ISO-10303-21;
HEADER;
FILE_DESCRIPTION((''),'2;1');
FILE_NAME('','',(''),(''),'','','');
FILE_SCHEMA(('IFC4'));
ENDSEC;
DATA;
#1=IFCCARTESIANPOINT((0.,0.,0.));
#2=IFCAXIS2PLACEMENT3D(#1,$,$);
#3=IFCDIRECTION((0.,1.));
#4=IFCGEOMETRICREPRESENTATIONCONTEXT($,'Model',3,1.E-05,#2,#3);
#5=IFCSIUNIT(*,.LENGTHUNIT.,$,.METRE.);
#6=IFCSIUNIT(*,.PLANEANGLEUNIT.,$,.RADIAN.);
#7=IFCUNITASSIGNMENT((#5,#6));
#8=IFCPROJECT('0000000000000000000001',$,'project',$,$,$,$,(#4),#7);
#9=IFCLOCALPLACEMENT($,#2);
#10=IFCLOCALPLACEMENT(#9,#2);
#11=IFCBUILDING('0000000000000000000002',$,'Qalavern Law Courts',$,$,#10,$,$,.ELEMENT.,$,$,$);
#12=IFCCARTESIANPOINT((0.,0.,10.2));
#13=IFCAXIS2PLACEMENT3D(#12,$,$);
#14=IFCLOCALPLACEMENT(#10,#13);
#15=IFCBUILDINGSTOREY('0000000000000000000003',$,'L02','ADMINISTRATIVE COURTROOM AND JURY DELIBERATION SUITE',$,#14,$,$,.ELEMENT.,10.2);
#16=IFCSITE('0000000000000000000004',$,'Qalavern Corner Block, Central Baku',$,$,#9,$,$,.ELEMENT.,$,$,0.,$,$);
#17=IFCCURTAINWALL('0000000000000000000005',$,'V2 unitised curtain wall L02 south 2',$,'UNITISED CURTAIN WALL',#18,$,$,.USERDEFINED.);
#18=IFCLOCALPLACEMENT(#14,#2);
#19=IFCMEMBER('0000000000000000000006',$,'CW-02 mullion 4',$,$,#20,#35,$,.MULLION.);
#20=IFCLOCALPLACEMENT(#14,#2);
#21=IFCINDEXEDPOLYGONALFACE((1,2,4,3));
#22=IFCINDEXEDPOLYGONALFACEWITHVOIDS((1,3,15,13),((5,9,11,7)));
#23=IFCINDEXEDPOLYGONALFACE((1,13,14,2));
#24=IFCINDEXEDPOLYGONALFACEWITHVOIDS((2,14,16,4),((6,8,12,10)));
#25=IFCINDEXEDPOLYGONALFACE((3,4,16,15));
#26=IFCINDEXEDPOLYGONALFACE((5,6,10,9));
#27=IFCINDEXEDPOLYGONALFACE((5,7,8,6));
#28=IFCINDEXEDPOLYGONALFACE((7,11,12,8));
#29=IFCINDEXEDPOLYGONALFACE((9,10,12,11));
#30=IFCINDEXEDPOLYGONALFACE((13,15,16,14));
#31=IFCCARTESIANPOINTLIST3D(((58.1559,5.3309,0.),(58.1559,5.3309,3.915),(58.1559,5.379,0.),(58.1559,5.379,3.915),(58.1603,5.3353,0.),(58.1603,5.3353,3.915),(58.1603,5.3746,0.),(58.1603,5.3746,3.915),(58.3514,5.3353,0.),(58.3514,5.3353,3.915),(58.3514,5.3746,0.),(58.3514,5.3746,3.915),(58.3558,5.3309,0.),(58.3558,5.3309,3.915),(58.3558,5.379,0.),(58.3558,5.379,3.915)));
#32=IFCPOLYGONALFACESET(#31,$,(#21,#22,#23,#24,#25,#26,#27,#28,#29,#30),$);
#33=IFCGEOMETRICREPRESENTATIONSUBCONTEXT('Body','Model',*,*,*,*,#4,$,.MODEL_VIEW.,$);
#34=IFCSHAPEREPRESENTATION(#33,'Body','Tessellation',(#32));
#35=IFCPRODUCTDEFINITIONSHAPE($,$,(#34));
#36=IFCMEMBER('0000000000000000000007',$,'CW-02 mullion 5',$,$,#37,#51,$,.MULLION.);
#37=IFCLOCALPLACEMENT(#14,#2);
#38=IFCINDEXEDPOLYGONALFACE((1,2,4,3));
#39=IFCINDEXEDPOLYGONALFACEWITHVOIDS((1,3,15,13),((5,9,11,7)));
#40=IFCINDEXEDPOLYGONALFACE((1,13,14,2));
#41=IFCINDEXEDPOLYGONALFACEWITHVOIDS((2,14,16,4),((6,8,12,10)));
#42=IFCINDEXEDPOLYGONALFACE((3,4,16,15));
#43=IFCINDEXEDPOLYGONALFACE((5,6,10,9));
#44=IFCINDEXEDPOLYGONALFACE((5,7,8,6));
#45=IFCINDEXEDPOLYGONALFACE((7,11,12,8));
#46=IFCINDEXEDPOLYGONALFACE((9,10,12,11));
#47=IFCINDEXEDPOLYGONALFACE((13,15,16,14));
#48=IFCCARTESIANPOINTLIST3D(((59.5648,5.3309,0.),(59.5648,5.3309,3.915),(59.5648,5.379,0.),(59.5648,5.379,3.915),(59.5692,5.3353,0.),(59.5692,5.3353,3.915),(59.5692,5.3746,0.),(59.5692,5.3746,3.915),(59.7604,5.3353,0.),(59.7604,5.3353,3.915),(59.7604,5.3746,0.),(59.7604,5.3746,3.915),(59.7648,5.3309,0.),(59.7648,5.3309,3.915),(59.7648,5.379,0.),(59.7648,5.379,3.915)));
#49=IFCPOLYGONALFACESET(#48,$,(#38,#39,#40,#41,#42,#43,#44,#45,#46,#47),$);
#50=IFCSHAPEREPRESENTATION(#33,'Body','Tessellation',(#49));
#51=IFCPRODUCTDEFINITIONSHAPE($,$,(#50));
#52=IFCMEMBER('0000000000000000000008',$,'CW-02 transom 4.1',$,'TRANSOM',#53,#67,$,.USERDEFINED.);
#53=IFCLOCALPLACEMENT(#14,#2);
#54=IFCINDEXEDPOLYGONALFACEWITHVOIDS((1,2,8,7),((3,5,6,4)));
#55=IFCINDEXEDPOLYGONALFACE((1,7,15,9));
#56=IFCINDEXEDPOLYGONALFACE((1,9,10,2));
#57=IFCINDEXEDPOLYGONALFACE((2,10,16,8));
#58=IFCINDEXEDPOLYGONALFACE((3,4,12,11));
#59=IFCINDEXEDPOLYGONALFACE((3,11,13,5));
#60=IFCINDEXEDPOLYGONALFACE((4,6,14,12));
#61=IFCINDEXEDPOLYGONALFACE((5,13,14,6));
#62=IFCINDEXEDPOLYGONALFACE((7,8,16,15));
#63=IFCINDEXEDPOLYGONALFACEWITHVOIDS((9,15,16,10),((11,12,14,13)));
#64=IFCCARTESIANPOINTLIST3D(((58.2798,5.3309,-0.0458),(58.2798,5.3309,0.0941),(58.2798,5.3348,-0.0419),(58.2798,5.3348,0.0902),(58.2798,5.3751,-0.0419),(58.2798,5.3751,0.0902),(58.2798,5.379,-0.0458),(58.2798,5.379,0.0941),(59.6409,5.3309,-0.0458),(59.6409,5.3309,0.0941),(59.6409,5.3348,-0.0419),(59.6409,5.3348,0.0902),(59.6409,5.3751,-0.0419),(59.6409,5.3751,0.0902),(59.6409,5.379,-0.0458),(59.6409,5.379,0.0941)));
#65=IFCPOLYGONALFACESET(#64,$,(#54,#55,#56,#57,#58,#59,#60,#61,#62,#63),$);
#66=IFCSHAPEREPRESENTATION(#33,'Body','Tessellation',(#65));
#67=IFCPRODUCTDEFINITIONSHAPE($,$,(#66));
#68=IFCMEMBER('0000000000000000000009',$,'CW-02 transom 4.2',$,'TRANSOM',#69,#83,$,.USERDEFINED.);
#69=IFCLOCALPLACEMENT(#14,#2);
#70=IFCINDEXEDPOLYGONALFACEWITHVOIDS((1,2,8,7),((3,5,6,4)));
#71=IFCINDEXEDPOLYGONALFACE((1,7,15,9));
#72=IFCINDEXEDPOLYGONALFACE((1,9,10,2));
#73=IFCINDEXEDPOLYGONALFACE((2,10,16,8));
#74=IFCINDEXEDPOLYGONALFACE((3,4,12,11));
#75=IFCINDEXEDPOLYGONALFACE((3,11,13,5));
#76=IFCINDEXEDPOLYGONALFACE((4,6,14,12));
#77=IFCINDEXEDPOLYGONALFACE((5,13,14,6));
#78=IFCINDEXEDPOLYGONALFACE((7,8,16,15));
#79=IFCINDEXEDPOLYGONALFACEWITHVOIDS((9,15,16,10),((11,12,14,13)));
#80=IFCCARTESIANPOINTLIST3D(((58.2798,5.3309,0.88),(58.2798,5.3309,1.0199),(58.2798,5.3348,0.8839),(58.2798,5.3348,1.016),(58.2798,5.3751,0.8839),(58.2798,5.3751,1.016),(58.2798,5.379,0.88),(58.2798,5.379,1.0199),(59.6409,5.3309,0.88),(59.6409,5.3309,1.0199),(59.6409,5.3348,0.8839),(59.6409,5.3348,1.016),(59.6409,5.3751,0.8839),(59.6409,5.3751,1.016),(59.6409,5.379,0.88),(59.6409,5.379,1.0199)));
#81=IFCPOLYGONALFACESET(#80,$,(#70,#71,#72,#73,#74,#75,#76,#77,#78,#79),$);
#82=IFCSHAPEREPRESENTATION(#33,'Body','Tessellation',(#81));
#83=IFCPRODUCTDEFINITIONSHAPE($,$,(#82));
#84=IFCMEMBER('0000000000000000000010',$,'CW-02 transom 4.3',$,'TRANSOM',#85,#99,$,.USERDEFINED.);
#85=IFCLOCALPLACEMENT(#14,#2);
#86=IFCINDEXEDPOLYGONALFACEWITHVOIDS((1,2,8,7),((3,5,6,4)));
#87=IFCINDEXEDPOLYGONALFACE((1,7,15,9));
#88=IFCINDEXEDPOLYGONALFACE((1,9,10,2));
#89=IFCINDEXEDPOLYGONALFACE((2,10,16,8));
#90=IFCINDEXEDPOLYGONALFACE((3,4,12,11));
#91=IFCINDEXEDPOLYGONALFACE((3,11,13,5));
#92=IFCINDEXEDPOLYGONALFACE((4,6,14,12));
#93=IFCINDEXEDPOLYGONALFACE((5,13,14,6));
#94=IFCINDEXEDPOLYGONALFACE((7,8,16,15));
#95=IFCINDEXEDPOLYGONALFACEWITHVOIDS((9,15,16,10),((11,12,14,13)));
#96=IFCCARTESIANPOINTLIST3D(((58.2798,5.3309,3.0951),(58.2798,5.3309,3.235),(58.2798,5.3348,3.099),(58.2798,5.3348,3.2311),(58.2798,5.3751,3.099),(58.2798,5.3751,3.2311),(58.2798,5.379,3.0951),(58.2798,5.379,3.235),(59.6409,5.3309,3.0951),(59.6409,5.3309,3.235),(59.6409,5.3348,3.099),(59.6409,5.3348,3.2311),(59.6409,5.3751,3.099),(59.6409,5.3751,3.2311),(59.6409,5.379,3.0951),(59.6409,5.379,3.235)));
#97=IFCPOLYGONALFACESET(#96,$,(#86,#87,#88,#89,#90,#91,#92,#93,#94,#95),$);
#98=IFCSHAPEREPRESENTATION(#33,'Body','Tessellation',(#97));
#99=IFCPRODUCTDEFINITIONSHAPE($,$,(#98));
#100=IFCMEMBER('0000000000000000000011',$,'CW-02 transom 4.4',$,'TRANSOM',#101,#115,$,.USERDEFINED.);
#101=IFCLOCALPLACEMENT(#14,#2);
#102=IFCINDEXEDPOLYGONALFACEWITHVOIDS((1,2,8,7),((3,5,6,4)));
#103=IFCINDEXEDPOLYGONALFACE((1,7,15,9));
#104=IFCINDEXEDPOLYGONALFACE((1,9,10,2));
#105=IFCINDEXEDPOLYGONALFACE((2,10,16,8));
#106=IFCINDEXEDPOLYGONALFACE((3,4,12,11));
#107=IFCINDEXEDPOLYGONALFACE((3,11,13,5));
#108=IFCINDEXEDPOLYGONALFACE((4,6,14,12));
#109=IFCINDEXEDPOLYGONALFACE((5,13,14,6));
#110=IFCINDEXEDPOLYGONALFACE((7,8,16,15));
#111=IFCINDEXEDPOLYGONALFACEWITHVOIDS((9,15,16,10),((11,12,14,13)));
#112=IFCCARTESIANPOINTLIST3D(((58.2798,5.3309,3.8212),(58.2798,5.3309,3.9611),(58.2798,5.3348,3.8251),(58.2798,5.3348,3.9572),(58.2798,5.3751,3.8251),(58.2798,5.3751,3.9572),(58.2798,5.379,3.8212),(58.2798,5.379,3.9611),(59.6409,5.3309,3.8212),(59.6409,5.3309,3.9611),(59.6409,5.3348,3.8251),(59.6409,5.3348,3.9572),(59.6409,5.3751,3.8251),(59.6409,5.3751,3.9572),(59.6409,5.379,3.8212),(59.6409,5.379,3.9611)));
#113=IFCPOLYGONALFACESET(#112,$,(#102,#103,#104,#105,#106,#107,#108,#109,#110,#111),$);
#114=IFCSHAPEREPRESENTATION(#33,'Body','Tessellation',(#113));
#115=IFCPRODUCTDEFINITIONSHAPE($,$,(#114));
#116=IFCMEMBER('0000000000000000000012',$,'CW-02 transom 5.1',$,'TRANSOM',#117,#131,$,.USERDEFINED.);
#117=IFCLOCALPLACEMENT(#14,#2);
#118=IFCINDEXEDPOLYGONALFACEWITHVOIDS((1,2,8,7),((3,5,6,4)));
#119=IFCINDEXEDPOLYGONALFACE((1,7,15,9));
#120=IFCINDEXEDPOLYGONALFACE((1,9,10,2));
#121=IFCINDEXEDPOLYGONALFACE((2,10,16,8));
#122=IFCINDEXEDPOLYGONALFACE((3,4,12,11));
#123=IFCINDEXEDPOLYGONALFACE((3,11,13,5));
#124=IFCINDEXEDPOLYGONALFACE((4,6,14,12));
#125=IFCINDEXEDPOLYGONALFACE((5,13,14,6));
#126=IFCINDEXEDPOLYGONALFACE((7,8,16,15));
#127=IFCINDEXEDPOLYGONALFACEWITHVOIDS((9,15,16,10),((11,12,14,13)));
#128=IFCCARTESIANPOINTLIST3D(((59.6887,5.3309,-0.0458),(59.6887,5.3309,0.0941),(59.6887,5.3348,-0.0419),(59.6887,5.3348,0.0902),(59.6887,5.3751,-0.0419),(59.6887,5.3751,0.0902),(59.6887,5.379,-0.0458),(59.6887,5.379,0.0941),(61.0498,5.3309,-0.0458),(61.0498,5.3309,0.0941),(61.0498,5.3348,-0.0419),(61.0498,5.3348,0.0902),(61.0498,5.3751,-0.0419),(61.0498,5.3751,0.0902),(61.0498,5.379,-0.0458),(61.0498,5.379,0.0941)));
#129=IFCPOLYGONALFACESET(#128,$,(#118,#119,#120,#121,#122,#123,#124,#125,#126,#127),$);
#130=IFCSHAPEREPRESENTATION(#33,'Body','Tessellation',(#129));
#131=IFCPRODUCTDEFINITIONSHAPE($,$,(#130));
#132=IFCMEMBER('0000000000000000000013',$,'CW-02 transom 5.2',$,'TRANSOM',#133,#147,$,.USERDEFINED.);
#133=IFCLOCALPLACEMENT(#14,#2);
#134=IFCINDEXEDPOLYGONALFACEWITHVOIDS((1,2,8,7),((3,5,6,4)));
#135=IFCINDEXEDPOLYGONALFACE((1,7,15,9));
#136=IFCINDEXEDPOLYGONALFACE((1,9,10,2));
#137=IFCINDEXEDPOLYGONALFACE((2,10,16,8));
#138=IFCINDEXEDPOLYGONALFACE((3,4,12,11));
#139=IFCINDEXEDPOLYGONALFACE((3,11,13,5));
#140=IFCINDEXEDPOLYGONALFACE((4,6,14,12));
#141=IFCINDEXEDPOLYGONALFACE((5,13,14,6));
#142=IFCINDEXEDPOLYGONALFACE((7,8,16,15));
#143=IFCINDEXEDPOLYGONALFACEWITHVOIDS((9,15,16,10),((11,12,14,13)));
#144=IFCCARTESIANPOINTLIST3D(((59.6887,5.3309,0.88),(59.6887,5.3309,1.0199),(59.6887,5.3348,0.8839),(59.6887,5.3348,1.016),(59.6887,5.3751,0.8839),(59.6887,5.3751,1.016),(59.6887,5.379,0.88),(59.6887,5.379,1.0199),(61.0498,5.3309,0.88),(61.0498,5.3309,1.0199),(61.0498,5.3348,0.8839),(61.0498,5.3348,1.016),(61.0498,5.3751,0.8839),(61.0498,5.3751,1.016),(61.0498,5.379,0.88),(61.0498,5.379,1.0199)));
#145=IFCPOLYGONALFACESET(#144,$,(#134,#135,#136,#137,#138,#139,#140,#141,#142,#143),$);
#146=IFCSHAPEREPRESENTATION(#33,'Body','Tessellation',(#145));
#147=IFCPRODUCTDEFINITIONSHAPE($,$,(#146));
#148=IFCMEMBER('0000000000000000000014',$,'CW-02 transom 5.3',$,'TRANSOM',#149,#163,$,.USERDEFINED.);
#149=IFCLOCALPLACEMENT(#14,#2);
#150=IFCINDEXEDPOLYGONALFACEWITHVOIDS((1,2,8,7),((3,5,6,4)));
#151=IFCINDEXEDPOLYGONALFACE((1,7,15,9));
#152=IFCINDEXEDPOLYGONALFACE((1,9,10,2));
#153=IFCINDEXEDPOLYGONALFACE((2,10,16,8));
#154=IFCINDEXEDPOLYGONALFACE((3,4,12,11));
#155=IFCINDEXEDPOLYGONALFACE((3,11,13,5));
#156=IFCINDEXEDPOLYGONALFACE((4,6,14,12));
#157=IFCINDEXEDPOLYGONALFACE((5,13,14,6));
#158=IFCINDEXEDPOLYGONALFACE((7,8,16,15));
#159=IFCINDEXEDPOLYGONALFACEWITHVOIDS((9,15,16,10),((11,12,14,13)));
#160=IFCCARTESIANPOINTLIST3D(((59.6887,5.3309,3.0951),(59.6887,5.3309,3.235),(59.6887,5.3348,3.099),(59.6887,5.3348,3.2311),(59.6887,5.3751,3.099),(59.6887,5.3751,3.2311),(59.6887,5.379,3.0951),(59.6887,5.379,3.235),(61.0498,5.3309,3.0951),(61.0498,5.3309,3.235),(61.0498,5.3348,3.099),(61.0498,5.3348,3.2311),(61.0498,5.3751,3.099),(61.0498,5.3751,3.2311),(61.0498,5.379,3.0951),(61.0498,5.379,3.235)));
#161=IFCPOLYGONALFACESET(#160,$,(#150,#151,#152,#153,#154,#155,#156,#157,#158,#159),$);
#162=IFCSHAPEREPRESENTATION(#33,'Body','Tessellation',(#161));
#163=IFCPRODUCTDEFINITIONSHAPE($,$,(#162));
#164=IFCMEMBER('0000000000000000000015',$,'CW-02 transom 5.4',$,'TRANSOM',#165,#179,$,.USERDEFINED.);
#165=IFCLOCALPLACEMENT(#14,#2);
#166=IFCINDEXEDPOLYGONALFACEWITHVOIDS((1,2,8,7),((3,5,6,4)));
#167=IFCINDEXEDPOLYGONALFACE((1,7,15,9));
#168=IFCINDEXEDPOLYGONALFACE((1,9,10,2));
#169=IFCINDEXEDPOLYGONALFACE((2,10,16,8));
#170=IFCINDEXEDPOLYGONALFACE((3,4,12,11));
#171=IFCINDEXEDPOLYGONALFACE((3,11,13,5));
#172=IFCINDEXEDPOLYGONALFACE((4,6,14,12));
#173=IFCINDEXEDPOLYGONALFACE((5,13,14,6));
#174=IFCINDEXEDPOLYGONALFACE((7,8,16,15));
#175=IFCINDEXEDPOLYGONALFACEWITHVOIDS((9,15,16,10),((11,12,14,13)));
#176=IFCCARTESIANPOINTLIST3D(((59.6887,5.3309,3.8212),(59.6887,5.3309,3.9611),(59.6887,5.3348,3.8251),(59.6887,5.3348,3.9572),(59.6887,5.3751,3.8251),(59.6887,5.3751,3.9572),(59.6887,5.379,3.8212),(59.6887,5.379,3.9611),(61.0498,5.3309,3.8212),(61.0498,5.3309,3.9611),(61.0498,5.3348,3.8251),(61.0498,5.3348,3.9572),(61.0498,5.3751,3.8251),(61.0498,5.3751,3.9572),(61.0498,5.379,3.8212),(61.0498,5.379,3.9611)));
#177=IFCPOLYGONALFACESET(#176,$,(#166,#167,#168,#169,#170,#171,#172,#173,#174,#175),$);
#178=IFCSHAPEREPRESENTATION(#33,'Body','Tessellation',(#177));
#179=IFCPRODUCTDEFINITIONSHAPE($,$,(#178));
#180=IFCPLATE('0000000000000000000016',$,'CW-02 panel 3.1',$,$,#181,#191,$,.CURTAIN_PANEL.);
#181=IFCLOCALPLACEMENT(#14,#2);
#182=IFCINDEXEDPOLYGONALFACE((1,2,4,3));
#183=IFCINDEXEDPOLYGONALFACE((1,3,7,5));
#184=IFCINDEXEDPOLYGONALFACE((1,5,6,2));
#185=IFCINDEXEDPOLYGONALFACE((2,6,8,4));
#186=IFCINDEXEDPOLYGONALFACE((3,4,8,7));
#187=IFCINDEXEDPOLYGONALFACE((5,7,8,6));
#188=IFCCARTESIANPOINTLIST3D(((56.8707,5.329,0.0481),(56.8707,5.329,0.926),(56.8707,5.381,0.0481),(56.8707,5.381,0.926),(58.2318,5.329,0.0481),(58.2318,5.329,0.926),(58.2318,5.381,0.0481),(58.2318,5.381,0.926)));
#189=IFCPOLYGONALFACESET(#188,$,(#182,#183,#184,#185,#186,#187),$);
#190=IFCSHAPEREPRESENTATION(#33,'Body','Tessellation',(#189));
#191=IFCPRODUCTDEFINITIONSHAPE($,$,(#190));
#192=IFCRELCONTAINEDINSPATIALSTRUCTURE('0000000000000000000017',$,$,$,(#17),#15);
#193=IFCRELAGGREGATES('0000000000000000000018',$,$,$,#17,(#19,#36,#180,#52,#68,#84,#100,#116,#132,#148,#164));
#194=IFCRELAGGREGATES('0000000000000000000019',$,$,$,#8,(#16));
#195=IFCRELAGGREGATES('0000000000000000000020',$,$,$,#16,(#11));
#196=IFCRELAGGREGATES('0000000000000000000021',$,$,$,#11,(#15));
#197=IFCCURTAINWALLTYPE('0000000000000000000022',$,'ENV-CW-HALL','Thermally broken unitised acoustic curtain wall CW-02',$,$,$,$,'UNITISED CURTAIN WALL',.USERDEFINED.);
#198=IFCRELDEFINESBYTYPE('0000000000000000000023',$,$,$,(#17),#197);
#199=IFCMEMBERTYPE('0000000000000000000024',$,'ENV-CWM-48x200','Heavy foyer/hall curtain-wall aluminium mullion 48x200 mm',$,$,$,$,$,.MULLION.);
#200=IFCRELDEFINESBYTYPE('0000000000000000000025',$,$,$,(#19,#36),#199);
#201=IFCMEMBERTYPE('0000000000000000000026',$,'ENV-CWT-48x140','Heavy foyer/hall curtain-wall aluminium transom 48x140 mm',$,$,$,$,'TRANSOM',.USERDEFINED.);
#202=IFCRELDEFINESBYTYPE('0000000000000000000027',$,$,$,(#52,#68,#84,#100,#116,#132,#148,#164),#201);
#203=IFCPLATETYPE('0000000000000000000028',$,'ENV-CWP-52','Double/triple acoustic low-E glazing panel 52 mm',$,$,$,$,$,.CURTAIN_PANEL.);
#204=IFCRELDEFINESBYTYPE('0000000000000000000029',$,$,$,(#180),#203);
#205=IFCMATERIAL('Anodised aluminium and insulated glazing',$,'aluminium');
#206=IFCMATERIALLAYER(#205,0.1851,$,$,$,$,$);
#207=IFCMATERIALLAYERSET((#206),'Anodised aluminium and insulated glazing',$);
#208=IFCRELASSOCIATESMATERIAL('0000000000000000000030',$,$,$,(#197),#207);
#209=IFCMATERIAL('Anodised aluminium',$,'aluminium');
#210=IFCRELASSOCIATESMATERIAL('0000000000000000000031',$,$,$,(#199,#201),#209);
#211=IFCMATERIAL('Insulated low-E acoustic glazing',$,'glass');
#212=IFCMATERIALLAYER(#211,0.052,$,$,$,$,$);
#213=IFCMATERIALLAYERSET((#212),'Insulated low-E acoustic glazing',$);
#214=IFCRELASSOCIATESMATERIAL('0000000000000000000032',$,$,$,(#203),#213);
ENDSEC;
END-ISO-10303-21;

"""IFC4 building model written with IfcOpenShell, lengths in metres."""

from ifc_helpers import new_model, si_unit, direction, frame, origin, origin_2d, place, context, subcontext, project, spatial, rectangle, hollow_rectangle, extrude, material, layer, layer_set, material_profile, profile_set, type_object, element, aggregate, save


model = new_model("IFC4")

# Units and contexts
model_context = context("Model", 3, precision=1e-05, world=origin(), true_north=direction((0.0, 1.0)))
body_context = subcontext(model_context, "Body", "Model", "MODEL_VIEW")
ifc_project = project(units=[si_unit("LENGTHUNIT", "METRE"), si_unit("PLANEANGLEUNIT", "RADIAN")], contexts=[model_context])

# Site, building, storey
site_placement = place(None, origin())
site = spatial("IfcSite", under=ifc_project, at=site_placement, Name="Qalavern Corner Block, Central Baku", CompositionType="ELEMENT", RefElevation=0.0)
building_placement = place(site_placement, origin())
building = spatial("IfcBuilding", under=site, at=building_placement, Name="Qalavern Law Courts", CompositionType="ELEMENT")
storey_placement = place(building_placement, frame((0.0, 0.0, 10.2)))
storey = spatial("IfcBuildingStorey", under=building, at=storey_placement, Name="L02", Description="ADMINISTRATIVE COURTROOM AND JURY DELIBERATION SUITE", CompositionType="ELEMENT", Elevation=10.2)

# Curtain wall, members, plate
ifc_material_1 = material(Name="Anodised aluminium and insulated glazing", Category="aluminium")
ifc_layer_1 = layer(ifc_material_1, 0.1851)
ifc_layer_set_1 = layer_set([ifc_layer_1], Name="Anodised aluminium and insulated glazing")
curtain_wall_type = type_object("IfcCurtainWallType", Name="ENV-CW-HALL", Description="Thermally broken unitised acoustic curtain wall CW-02", ElementType="UNITISED CURTAIN WALL", PredefinedType="USERDEFINED", material=ifc_layer_set_1)
curtain_wall_placement = place(storey_placement, origin())
curtain_wall = element("IfcCurtainWall", 1, at=curtain_wall_placement, inside=storey, type_object=curtain_wall_type, Name="V2 unitised curtain wall L02 south 2", ObjectType="UNITISED CURTAIN WALL", PredefinedType="USERDEFINED")
ifc_material_2 = material(Name="Anodised aluminium", Category="aluminium")
ifc_material_profile_1 = material_profile(ifc_material_2, hollow_rectangle(XDim=0.0481, YDim=0.2, WallThickness=0.0044, at=origin_2d()), Name="ALU MULLION 48x200")
ifc_profile_set_1 = profile_set([ifc_material_profile_1], Name="Anodised aluminium")
member_type_1 = type_object("IfcMemberType", Name="ENV-CWM-48x200", Description="Heavy foyer/hall curtain-wall aluminium mullion 48x200 mm", PredefinedType="MULLION", material=ifc_profile_set_1)
member_1_placement = place(storey_placement, frame((58.2559, 5.355, 0.0), z_axis=(0.0, 0.0, 1.0), x_axis=(0.0, 1.0, 0.0)))
member_1 = element("IfcMember", 2, at=member_1_placement, type_object=member_type_1, Name="CW-02 mullion 4", PredefinedType="MULLION", context=body_context, shape_type="SweptSolid", body=[
    extrude(hollow_rectangle(XDim=0.0481, YDim=0.2, WallThickness=0.0044, at=origin_2d()), origin(), (0.0, 0.0, 1.0), 3.915),
])
member_2_placement = place(storey_placement, frame((59.6648, 5.355, 0.0), z_axis=(0.0, 0.0, 1.0), x_axis=(0.0, 1.0, 0.0)))
member_2 = element("IfcMember", 3, at=member_2_placement, type_object=member_type_1, Name="CW-02 mullion 5", PredefinedType="MULLION", context=body_context, shape_type="SweptSolid", body=[
    extrude(hollow_rectangle(XDim=0.0481, YDim=0.2, WallThickness=0.0044, at=origin_2d()), origin(), (0.0, 0.0, 1.0), 3.915),
])
ifc_material_profile_2 = material_profile(ifc_material_2, hollow_rectangle(XDim=0.0481, YDim=0.1399, WallThickness=0.0039, at=origin_2d()), Name="ALU TRANSOM 48x140")
ifc_profile_set_2 = profile_set([ifc_material_profile_2], Name="Anodised aluminium")
member_type_2 = type_object("IfcMemberType", Name="ENV-CWT-48x140", Description="Heavy foyer/hall curtain-wall aluminium transom 48x140 mm", ElementType="TRANSOM", PredefinedType="USERDEFINED", material=ifc_profile_set_2)
member_3_placement = place(storey_placement, frame((58.2798, 5.355, 0.0242), z_axis=(1.0, 0.0, 0.0), x_axis=(0.0, 1.0, 0.0)))
member_3 = element("IfcMember", 4, at=member_3_placement, type_object=member_type_2, Name="CW-02 transom 4.1", ObjectType="TRANSOM", PredefinedType="USERDEFINED", context=body_context, shape_type="SweptSolid", body=[
    extrude(hollow_rectangle(XDim=0.0481, YDim=0.1399, WallThickness=0.0039, at=origin_2d()), origin(), (0.0, 0.0, 1.0), 1.3611),
])
member_4_placement = place(storey_placement, frame((58.2798, 5.355, 0.95), z_axis=(1.0, 0.0, 0.0), x_axis=(0.0, 1.0, 0.0)))
member_4 = element("IfcMember", 5, at=member_4_placement, type_object=member_type_2, Name="CW-02 transom 4.2", ObjectType="TRANSOM", PredefinedType="USERDEFINED", context=body_context, shape_type="SweptSolid", body=[
    extrude(hollow_rectangle(XDim=0.0481, YDim=0.1399, WallThickness=0.0039, at=origin_2d()), origin(), (0.0, 0.0, 1.0), 1.3611),
])
member_5_placement = place(storey_placement, frame((58.2798, 5.355, 3.165), z_axis=(1.0, 0.0, 0.0), x_axis=(0.0, 1.0, 0.0)))
member_5 = element("IfcMember", 6, at=member_5_placement, type_object=member_type_2, Name="CW-02 transom 4.3", ObjectType="TRANSOM", PredefinedType="USERDEFINED", context=body_context, shape_type="SweptSolid", body=[
    extrude(hollow_rectangle(XDim=0.0481, YDim=0.1399, WallThickness=0.0039, at=origin_2d()), origin(), (0.0, 0.0, 1.0), 1.3611),
])
member_6_placement = place(storey_placement, frame((58.2798, 5.355, 3.8911), z_axis=(1.0, 0.0, 0.0), x_axis=(0.0, 1.0, 0.0)))
member_6 = element("IfcMember", 7, at=member_6_placement, type_object=member_type_2, Name="CW-02 transom 4.4", ObjectType="TRANSOM", PredefinedType="USERDEFINED", context=body_context, shape_type="SweptSolid", body=[
    extrude(hollow_rectangle(XDim=0.0481, YDim=0.1399, WallThickness=0.0039, at=origin_2d()), origin(), (0.0, 0.0, 1.0), 1.3611),
])
member_7_placement = place(storey_placement, frame((59.6887, 5.355, 0.0242), z_axis=(1.0, 0.0, 0.0), x_axis=(0.0, 1.0, 0.0)))
member_7 = element("IfcMember", 8, at=member_7_placement, type_object=member_type_2, Name="CW-02 transom 5.1", ObjectType="TRANSOM", PredefinedType="USERDEFINED", context=body_context, shape_type="SweptSolid", body=[
    extrude(hollow_rectangle(XDim=0.0481, YDim=0.1399, WallThickness=0.0039, at=origin_2d()), origin(), (0.0, 0.0, 1.0), 1.3611),
])
member_8_placement = place(storey_placement, frame((59.6887, 5.355, 0.95), z_axis=(1.0, 0.0, 0.0), x_axis=(0.0, 1.0, 0.0)))
member_8 = element("IfcMember", 9, at=member_8_placement, type_object=member_type_2, Name="CW-02 transom 5.2", ObjectType="TRANSOM", PredefinedType="USERDEFINED", context=body_context, shape_type="SweptSolid", body=[
    extrude(hollow_rectangle(XDim=0.0481, YDim=0.1399, WallThickness=0.0039, at=origin_2d()), origin(), (0.0, 0.0, 1.0), 1.3611),
])
member_9_placement = place(storey_placement, frame((59.6887, 5.355, 3.165), z_axis=(1.0, 0.0, 0.0), x_axis=(0.0, 1.0, 0.0)))
member_9 = element("IfcMember", 10, at=member_9_placement, type_object=member_type_2, Name="CW-02 transom 5.3", ObjectType="TRANSOM", PredefinedType="USERDEFINED", context=body_context, shape_type="SweptSolid", body=[
    extrude(hollow_rectangle(XDim=0.0481, YDim=0.1399, WallThickness=0.0039, at=origin_2d()), origin(), (0.0, 0.0, 1.0), 1.3611),
])
member_10_placement = place(storey_placement, frame((59.6887, 5.355, 3.8911), z_axis=(1.0, 0.0, 0.0), x_axis=(0.0, 1.0, 0.0)))
member_10 = element("IfcMember", 11, at=member_10_placement, type_object=member_type_2, Name="CW-02 transom 5.4", ObjectType="TRANSOM", PredefinedType="USERDEFINED", context=body_context, shape_type="SweptSolid", body=[
    extrude(hollow_rectangle(XDim=0.0481, YDim=0.1399, WallThickness=0.0039, at=origin_2d()), origin(), (0.0, 0.0, 1.0), 1.3611),
])
ifc_material_3 = material(Name="Insulated low-E acoustic glazing", Category="glass")
ifc_layer_2 = layer(ifc_material_3, 0.052)
ifc_layer_set_2 = layer_set([ifc_layer_2], Name="Insulated low-E acoustic glazing")
plate_type = type_object("IfcPlateType", Name="ENV-CWP-52", Description="Double/triple acoustic low-E glazing panel 52 mm", PredefinedType="CURTAIN_PANEL", material=ifc_layer_set_2)
plate_1_placement = place(storey_placement, frame((57.5513, 5.355, 0.0481), z_axis=(0.0, 0.0, 1.0), x_axis=(1.0, 0.0, 0.0)))
plate_1 = element("IfcPlate", 12, at=plate_1_placement, type_object=plate_type, Name="CW-02 panel 3.1", PredefinedType="CURTAIN_PANEL", context=body_context, shape_type="SweptSolid", body=[
    extrude(rectangle(XDim=1.3611, YDim=0.052, at=origin_2d()), origin(), (0.0, 0.0, 1.0), 0.8779),
])
aggregate(curtain_wall, [member_1, member_2, plate_1, member_3, member_4, member_5, member_6, member_7, member_8, member_9, member_10])

save(model, "model.ifc")
